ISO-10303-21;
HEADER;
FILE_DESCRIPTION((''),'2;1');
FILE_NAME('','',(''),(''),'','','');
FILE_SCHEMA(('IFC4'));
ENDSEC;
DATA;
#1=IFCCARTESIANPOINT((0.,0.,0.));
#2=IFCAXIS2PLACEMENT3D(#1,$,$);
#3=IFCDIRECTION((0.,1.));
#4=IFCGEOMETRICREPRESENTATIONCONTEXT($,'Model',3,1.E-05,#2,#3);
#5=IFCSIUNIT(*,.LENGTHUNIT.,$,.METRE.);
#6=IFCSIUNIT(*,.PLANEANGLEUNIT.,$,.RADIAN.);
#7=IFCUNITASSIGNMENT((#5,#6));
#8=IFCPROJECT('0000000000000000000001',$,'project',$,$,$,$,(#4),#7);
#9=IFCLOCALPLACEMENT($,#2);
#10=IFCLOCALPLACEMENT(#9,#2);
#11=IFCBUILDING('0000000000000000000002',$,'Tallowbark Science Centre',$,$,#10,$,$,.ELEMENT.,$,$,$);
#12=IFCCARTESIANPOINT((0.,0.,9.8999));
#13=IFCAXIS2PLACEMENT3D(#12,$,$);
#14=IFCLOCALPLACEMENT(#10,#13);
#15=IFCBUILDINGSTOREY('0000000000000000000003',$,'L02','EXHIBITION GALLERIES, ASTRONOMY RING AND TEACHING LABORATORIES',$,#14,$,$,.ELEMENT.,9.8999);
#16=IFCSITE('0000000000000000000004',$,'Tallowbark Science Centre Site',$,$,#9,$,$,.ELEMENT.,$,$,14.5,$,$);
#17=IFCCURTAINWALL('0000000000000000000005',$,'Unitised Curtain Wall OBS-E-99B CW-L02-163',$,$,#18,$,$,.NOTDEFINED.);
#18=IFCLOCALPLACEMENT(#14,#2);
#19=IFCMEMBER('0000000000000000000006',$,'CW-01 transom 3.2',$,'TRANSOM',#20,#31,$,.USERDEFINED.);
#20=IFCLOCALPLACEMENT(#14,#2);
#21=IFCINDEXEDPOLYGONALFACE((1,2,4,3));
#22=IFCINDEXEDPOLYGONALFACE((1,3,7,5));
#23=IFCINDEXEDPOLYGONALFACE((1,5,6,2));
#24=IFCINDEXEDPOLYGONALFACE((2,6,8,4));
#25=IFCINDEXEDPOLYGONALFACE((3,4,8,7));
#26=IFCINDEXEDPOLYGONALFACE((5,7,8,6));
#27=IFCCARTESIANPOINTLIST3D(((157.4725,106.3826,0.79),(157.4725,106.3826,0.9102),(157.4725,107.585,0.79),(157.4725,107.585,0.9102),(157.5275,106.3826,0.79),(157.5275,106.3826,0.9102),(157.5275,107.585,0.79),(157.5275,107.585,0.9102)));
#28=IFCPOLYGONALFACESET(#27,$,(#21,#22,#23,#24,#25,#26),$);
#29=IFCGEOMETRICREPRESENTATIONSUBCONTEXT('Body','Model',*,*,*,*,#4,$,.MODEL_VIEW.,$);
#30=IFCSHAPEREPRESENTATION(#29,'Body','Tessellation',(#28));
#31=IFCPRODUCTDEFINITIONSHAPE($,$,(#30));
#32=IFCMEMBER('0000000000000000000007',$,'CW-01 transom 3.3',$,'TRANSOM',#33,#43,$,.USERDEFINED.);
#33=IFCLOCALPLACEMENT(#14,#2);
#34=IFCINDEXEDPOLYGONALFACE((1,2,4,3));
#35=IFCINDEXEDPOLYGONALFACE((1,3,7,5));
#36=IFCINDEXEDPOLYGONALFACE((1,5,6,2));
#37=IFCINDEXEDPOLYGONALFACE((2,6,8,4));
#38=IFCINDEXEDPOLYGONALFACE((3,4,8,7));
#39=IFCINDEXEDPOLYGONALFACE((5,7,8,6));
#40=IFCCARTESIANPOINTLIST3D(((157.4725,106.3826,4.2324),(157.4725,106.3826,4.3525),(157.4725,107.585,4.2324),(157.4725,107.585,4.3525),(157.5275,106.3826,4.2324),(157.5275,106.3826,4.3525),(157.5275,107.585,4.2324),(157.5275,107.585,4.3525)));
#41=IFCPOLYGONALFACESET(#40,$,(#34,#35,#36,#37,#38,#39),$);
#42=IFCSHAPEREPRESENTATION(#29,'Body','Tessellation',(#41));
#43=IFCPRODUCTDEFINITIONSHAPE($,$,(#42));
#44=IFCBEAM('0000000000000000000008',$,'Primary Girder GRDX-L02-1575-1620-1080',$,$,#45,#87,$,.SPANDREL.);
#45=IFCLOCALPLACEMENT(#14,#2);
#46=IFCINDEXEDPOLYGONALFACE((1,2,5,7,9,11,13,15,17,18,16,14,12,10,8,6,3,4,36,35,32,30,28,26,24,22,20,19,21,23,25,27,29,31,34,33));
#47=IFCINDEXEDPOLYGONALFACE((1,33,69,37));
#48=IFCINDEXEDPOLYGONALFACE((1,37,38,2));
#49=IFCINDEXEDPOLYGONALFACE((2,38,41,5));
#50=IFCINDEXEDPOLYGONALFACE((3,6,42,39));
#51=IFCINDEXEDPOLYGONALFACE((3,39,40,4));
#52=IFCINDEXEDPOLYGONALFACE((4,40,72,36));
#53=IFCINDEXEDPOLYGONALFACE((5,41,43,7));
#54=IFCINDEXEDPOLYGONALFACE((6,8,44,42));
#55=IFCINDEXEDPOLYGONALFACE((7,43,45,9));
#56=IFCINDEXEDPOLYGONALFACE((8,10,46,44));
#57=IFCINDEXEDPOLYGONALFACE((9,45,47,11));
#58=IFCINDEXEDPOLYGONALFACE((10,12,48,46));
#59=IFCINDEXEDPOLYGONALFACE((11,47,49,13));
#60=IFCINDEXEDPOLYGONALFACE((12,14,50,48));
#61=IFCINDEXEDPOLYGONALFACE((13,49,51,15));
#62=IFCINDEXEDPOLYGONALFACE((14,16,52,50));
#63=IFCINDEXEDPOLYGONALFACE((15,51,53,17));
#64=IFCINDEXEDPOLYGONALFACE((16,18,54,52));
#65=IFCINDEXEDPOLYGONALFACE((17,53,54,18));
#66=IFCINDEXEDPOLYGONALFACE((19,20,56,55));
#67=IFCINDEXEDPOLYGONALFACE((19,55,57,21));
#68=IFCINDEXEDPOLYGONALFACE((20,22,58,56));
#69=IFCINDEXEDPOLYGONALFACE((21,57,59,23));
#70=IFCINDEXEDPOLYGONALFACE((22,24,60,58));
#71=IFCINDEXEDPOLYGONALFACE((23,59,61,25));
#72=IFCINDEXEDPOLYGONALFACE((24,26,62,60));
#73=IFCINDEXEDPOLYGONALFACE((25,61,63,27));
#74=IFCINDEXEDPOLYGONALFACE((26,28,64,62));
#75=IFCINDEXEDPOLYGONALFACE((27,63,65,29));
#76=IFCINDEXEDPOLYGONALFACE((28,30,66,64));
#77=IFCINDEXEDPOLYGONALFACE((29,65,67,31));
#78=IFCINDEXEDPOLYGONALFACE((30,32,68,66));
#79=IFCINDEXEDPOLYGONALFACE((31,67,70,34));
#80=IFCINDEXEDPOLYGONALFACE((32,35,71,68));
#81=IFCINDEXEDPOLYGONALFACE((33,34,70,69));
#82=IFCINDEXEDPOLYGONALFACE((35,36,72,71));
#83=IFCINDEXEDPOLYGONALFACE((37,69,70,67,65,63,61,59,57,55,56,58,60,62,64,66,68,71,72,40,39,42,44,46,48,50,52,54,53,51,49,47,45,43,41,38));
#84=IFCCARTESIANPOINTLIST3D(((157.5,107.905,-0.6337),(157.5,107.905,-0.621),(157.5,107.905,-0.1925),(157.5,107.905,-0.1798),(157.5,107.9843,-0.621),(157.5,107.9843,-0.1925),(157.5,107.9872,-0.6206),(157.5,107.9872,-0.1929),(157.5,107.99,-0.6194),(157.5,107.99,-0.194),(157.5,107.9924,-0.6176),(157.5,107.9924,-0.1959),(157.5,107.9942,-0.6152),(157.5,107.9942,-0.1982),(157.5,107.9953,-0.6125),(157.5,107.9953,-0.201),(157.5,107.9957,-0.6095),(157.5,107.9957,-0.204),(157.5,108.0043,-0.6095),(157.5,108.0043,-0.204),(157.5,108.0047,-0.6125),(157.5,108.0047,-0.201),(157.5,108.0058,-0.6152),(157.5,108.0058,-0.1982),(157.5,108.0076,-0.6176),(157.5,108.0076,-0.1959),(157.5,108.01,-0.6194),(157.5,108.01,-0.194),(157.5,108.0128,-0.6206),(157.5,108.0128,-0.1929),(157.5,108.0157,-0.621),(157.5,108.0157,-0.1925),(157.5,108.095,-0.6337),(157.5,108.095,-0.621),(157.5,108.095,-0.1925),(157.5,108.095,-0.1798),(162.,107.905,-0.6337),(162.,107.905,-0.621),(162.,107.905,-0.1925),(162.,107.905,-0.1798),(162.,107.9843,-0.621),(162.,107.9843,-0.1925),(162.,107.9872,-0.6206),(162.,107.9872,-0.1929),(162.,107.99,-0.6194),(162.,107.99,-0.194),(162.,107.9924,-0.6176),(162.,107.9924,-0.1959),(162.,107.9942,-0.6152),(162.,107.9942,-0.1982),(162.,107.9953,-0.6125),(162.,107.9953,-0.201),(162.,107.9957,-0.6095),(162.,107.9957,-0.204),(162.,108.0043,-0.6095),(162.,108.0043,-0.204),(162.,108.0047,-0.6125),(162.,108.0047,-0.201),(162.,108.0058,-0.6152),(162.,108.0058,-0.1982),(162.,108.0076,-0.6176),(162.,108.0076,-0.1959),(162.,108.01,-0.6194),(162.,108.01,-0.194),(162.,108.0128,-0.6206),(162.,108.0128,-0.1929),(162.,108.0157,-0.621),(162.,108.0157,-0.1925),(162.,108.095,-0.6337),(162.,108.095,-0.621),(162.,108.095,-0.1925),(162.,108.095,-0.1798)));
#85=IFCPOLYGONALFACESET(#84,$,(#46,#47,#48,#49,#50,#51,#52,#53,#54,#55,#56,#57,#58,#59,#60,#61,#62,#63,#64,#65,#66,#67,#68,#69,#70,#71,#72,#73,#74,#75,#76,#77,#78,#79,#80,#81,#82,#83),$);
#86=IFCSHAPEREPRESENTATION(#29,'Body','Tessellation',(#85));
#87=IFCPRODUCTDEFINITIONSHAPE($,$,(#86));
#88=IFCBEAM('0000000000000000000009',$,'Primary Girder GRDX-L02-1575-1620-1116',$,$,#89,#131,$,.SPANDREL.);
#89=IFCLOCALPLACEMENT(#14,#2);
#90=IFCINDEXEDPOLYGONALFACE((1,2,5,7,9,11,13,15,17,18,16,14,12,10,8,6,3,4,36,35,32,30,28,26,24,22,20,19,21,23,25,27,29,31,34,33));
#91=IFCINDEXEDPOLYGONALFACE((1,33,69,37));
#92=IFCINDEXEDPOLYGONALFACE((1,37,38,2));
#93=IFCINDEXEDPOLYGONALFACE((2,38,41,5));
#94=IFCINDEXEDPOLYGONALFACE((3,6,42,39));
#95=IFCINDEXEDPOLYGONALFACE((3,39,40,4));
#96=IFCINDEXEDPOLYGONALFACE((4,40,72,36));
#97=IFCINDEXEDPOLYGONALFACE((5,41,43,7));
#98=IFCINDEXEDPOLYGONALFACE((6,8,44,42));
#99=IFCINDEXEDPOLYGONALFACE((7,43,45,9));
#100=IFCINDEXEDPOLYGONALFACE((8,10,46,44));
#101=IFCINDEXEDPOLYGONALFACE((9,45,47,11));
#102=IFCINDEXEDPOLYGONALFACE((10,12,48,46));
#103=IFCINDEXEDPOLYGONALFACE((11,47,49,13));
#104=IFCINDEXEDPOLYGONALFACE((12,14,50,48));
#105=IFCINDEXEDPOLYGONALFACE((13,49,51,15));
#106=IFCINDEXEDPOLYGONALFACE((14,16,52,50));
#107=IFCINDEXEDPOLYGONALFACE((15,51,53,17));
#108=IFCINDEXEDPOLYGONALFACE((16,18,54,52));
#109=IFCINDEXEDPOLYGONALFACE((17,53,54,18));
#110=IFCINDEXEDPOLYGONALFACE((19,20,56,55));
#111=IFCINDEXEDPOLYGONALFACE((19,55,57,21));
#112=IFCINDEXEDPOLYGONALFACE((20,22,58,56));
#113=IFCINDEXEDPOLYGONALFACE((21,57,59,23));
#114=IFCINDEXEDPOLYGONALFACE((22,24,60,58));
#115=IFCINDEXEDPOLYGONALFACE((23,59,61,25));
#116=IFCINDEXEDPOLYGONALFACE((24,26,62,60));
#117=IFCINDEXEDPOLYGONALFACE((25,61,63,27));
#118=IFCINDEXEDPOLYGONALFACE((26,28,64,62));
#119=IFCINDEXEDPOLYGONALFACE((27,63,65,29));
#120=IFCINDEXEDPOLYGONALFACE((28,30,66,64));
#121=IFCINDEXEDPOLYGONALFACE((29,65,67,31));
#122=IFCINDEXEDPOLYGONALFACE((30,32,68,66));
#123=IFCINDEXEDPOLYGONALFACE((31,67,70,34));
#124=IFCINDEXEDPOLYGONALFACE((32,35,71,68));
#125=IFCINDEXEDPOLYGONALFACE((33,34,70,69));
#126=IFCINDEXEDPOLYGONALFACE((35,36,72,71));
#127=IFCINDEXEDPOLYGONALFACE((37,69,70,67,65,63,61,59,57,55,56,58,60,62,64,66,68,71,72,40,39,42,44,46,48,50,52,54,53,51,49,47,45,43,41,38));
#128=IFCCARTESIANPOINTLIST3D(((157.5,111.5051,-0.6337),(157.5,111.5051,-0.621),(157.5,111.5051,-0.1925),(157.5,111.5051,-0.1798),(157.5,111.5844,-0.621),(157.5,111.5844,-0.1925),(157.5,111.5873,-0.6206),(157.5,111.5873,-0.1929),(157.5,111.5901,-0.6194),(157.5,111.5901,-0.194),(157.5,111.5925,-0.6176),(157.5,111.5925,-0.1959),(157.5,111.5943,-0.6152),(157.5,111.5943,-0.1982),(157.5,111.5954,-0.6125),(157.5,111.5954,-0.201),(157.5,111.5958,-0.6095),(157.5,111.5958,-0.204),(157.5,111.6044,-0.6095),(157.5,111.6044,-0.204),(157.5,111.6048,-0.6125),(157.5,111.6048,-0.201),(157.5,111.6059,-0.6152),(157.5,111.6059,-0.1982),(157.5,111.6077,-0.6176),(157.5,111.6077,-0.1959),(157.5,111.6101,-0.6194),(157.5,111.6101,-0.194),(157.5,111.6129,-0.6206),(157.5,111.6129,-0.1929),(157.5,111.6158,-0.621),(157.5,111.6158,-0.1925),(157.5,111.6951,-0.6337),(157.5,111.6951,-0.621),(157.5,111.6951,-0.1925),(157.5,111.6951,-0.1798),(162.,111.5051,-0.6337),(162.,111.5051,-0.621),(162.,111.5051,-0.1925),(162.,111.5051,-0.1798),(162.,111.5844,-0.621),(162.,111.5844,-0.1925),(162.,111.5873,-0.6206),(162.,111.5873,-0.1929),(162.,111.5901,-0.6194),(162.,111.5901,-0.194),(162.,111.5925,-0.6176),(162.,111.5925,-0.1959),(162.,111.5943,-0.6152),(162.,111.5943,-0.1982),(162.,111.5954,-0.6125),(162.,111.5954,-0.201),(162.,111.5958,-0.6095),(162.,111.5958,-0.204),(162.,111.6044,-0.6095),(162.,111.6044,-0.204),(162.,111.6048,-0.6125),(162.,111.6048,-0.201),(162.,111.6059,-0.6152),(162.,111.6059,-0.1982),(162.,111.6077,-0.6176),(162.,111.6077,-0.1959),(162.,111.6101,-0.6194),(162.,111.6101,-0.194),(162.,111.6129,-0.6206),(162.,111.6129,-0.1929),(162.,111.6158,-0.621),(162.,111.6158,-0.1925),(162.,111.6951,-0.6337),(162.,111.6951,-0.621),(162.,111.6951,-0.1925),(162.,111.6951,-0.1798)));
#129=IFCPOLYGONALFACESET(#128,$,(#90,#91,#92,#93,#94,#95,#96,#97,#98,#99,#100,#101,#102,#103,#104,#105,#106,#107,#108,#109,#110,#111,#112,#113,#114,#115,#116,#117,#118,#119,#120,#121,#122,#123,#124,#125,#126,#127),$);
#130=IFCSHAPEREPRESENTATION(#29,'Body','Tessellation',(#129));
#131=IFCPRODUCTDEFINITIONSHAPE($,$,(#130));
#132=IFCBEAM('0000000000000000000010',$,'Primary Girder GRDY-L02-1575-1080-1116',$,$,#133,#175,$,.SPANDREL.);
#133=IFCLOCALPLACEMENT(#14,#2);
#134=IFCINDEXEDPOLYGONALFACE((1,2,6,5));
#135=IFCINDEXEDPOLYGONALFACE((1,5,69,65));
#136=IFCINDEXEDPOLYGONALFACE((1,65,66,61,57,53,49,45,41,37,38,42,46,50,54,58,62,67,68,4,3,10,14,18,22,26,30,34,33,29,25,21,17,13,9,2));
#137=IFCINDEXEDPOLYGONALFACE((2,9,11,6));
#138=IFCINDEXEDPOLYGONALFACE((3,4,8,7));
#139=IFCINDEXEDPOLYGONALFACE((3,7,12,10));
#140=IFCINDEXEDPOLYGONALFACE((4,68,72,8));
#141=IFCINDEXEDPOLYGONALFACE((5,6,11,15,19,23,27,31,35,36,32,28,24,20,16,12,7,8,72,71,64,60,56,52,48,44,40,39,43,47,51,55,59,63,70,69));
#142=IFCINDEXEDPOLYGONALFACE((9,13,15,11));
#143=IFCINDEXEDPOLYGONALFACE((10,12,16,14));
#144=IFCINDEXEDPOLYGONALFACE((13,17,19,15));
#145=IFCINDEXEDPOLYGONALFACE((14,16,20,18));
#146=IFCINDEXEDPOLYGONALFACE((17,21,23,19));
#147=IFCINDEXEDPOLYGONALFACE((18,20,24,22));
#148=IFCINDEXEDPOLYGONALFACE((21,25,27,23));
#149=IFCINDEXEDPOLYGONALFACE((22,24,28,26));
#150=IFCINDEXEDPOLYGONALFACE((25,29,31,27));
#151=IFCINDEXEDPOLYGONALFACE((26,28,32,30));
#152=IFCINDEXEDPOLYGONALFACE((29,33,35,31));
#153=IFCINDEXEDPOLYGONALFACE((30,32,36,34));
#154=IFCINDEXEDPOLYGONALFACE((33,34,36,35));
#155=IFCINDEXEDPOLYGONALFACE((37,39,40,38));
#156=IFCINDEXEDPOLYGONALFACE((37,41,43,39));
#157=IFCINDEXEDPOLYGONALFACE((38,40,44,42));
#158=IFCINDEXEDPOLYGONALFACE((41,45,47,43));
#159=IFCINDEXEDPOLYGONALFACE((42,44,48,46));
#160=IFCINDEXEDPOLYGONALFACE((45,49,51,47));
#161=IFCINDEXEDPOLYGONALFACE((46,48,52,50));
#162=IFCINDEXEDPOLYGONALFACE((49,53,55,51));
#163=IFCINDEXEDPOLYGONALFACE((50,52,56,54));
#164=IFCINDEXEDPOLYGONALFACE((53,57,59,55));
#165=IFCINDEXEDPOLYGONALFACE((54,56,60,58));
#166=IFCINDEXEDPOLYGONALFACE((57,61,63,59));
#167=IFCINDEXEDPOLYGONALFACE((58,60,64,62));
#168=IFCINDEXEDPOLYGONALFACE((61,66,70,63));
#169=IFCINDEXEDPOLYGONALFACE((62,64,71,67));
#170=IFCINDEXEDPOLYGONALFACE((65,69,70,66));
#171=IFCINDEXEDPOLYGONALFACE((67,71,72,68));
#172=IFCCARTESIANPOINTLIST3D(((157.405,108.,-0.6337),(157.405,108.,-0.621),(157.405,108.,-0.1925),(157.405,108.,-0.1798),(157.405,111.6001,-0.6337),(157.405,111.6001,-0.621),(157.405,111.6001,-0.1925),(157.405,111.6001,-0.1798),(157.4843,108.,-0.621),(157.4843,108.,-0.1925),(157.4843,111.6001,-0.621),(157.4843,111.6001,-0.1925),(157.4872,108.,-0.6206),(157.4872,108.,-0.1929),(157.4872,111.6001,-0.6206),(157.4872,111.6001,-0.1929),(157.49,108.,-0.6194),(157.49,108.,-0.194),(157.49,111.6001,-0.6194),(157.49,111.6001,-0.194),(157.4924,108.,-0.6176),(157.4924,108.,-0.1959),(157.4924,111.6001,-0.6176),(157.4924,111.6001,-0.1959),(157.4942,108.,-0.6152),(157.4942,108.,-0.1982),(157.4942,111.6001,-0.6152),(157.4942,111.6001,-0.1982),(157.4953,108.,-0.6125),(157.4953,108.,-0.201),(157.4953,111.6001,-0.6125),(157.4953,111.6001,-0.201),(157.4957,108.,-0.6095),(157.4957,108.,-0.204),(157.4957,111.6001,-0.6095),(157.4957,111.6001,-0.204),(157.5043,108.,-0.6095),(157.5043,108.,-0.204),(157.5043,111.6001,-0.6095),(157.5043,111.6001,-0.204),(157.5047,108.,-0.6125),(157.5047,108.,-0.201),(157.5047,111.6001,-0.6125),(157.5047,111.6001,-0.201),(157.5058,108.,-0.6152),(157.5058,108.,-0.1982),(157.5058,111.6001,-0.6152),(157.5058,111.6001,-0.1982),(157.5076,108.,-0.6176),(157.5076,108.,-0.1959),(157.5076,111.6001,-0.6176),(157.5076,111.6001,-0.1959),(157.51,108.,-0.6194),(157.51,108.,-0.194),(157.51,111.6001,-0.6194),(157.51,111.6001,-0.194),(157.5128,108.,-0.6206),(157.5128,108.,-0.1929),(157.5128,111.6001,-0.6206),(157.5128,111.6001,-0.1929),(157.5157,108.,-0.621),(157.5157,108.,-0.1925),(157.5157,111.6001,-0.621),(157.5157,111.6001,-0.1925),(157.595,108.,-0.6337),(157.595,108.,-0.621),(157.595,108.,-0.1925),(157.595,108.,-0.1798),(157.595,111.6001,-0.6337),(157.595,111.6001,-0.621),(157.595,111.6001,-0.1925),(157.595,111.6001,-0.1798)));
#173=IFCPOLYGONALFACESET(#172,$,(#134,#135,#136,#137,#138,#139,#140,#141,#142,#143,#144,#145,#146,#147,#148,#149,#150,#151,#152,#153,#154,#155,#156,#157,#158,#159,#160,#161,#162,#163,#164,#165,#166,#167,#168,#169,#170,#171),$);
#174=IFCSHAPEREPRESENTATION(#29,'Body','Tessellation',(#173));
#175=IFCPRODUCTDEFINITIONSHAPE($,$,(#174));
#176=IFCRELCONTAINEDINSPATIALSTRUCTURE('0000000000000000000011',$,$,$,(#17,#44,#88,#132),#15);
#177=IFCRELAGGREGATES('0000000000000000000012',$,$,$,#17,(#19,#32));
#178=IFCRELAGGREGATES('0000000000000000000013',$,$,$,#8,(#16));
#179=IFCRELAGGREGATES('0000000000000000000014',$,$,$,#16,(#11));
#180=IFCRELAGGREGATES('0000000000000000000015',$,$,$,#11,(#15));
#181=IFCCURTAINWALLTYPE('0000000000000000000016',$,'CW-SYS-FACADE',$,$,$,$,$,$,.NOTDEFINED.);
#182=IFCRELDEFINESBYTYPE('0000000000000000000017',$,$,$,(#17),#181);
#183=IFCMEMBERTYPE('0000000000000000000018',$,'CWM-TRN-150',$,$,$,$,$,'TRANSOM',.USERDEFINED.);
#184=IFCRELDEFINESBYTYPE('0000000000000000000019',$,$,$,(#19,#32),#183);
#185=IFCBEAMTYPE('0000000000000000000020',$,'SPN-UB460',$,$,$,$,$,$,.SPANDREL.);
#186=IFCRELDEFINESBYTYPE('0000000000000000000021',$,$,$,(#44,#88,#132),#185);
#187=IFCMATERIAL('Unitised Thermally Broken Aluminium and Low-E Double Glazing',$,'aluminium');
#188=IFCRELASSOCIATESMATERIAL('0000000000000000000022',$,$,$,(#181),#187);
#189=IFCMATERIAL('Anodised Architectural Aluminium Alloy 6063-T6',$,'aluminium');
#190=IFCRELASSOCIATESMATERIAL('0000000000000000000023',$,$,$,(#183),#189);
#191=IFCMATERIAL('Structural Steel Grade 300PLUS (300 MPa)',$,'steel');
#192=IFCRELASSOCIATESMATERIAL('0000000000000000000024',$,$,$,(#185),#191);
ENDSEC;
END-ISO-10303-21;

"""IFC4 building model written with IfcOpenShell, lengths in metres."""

from ifc_helpers import new_model, si_unit, direction, frame, origin, origin_2d, place, context, subcontext, project, spatial, rectangle, i_section, extrude, material, material_profile, profile_set, type_object, element, aggregate, save


model = new_model("IFC4")

# Units and contexts
model_context = context("Model", 3, precision=1e-05, world=origin(), true_north=direction((0.0, 1.0)))
body_context = subcontext(model_context, "Body", "Model", "MODEL_VIEW")
ifc_project = project(units=[si_unit("LENGTHUNIT", "METRE"), si_unit("PLANEANGLEUNIT", "RADIAN")], contexts=[model_context])

# Site, building, storey
site_placement = place(None, origin())
site = spatial("IfcSite", under=ifc_project, at=site_placement, Name="Tallowbark Science Centre Site", CompositionType="ELEMENT", RefElevation=14.5)
building_placement = place(site_placement, origin())
building = spatial("IfcBuilding", under=site, at=building_placement, Name="Tallowbark Science Centre", CompositionType="ELEMENT")
storey_placement = place(building_placement, frame((0.0, 0.0, 9.8999)))
storey = spatial("IfcBuildingStorey", under=building, at=storey_placement, Name="L02", Description="EXHIBITION GALLERIES, ASTRONOMY RING AND TEACHING LABORATORIES", CompositionType="ELEMENT", Elevation=9.8999)

# Shared definitions
ifc_material_1 = material(Name="Structural Steel Grade 300PLUS (300 MPa)", Category="steel")

# Curtain wall, members
ifc_material_2 = material(Name="Unitised Thermally Broken Aluminium and Low-E Double Glazing", Category="aluminium")
curtain_wall_type = type_object("IfcCurtainWallType", Name="CW-SYS-FACADE", PredefinedType="NOTDEFINED", material=ifc_material_2)
curtain_wall_placement = place(storey_placement, origin())
curtain_wall = element("IfcCurtainWall", 1, at=curtain_wall_placement, inside=storey, type_object=curtain_wall_type, Name="Unitised Curtain Wall OBS-E-99B CW-L02-163", PredefinedType="NOTDEFINED")
ifc_material_3 = material(Name="Anodised Architectural Aluminium Alloy 6063-T6", Category="aluminium")
ifc_material_profile_1 = material_profile(ifc_material_3, rectangle(XDim=0.0549, YDim=0.1201, at=origin_2d()), Name="ALU55x120")
ifc_profile_set_1 = profile_set([ifc_material_profile_1], Name="Anodised Architectural Aluminium Alloy 6063-T6")
member_type_1 = type_object("IfcMemberType", Name="CWM-TRN-150", ElementType="TRANSOM", PredefinedType="USERDEFINED", material=ifc_profile_set_1)
member_1_placement = place(storey_placement, frame((157.5, 106.3826, 0.8501), z_axis=(0.0, 1.0, 0.0), x_axis=(-1.0, 0.0, 0.0)))
member_1 = element("IfcMember", 2, at=member_1_placement, type_object=member_type_1, Name="CW-01 transom 3.2", ObjectType="TRANSOM", PredefinedType="USERDEFINED", context=body_context, shape_type="SweptSolid", body=[
    extrude(rectangle(XDim=0.0549, YDim=0.1201, at=origin_2d()), origin(), (0.0, 0.0, 1.0), 1.2024),
])
member_2_placement = place(storey_placement, frame((157.5, 106.3826, 4.2925), z_axis=(0.0, 1.0, 0.0), x_axis=(-1.0, 0.0, 0.0)))
member_2 = element("IfcMember", 3, at=member_2_placement, type_object=member_type_1, Name="CW-01 transom 3.3", ObjectType="TRANSOM", PredefinedType="USERDEFINED", context=body_context, shape_type="SweptSolid", body=[
    extrude(rectangle(XDim=0.0549, YDim=0.1201, at=origin_2d()), origin(), (0.0, 0.0, 1.0), 1.2024),
])

# Beams
ifc_material_profile_2 = material_profile(ifc_material_1, i_section(OverallWidth=0.1899, OverallDepth=0.4539, WebThickness=0.0085, FlangeThickness=0.0127, FilletRadius=0.0115, at=origin_2d()), Name="460UB67.1")
ifc_profile_set_2 = profile_set([ifc_material_profile_2], Name="Structural Steel Grade 300PLUS (300 MPa)")
beam_type = type_object("IfcBeamType", Name="SPN-UB460", PredefinedType="SPANDREL", material=ifc_profile_set_2)
for number, where, z_axis, x_axis, name in (
    (4, (157.5, 108.0, -0.4067), (1.0, 0.0, 0.0), (0.0, 1.0, 0.0), "Primary Girder GRDX-L02-1575-1620-1080"),
    (5, (157.5, 111.6001, -0.4067), (1.0, 0.0, 0.0), (0.0, 1.0, 0.0), "Primary Girder GRDX-L02-1575-1620-1116"),
):
    element("IfcBeam", number, at=place(storey_placement, frame(where, z_axis=z_axis, x_axis=x_axis)), inside=storey, type_object=beam_type, Name=name, PredefinedType="SPANDREL", context=body_context, shape_type="SweptSolid", body=[
        extrude(i_section(OverallWidth=0.1899, OverallDepth=0.4539, WebThickness=0.0085, FlangeThickness=0.0127, FilletRadius=0.0115, at=origin_2d()), origin(), (0.0, 0.0, 1.0), 4.5),
    ])
for number, where, z_axis, x_axis, name in (
    (6, (157.5, 108.0, -0.4067), (0.0, 1.0, 0.0), (-1.0, 0.0, 0.0), "Primary Girder GRDY-L02-1575-1080-1116"),
):
    element("IfcBeam", number, at=place(storey_placement, frame(where, z_axis=z_axis, x_axis=x_axis)), inside=storey, type_object=beam_type, Name=name, PredefinedType="SPANDREL", context=body_context, shape_type="SweptSolid", body=[
        extrude(i_section(OverallWidth=0.1899, OverallDepth=0.4539, WebThickness=0.0085, FlangeThickness=0.0127, FilletRadius=0.0115, at=origin_2d()), origin(), (0.0, 0.0, 1.0), 3.6001),
    ])

aggregate(curtain_wall, [member_1, member_2])

save(model, "model.ifc")
